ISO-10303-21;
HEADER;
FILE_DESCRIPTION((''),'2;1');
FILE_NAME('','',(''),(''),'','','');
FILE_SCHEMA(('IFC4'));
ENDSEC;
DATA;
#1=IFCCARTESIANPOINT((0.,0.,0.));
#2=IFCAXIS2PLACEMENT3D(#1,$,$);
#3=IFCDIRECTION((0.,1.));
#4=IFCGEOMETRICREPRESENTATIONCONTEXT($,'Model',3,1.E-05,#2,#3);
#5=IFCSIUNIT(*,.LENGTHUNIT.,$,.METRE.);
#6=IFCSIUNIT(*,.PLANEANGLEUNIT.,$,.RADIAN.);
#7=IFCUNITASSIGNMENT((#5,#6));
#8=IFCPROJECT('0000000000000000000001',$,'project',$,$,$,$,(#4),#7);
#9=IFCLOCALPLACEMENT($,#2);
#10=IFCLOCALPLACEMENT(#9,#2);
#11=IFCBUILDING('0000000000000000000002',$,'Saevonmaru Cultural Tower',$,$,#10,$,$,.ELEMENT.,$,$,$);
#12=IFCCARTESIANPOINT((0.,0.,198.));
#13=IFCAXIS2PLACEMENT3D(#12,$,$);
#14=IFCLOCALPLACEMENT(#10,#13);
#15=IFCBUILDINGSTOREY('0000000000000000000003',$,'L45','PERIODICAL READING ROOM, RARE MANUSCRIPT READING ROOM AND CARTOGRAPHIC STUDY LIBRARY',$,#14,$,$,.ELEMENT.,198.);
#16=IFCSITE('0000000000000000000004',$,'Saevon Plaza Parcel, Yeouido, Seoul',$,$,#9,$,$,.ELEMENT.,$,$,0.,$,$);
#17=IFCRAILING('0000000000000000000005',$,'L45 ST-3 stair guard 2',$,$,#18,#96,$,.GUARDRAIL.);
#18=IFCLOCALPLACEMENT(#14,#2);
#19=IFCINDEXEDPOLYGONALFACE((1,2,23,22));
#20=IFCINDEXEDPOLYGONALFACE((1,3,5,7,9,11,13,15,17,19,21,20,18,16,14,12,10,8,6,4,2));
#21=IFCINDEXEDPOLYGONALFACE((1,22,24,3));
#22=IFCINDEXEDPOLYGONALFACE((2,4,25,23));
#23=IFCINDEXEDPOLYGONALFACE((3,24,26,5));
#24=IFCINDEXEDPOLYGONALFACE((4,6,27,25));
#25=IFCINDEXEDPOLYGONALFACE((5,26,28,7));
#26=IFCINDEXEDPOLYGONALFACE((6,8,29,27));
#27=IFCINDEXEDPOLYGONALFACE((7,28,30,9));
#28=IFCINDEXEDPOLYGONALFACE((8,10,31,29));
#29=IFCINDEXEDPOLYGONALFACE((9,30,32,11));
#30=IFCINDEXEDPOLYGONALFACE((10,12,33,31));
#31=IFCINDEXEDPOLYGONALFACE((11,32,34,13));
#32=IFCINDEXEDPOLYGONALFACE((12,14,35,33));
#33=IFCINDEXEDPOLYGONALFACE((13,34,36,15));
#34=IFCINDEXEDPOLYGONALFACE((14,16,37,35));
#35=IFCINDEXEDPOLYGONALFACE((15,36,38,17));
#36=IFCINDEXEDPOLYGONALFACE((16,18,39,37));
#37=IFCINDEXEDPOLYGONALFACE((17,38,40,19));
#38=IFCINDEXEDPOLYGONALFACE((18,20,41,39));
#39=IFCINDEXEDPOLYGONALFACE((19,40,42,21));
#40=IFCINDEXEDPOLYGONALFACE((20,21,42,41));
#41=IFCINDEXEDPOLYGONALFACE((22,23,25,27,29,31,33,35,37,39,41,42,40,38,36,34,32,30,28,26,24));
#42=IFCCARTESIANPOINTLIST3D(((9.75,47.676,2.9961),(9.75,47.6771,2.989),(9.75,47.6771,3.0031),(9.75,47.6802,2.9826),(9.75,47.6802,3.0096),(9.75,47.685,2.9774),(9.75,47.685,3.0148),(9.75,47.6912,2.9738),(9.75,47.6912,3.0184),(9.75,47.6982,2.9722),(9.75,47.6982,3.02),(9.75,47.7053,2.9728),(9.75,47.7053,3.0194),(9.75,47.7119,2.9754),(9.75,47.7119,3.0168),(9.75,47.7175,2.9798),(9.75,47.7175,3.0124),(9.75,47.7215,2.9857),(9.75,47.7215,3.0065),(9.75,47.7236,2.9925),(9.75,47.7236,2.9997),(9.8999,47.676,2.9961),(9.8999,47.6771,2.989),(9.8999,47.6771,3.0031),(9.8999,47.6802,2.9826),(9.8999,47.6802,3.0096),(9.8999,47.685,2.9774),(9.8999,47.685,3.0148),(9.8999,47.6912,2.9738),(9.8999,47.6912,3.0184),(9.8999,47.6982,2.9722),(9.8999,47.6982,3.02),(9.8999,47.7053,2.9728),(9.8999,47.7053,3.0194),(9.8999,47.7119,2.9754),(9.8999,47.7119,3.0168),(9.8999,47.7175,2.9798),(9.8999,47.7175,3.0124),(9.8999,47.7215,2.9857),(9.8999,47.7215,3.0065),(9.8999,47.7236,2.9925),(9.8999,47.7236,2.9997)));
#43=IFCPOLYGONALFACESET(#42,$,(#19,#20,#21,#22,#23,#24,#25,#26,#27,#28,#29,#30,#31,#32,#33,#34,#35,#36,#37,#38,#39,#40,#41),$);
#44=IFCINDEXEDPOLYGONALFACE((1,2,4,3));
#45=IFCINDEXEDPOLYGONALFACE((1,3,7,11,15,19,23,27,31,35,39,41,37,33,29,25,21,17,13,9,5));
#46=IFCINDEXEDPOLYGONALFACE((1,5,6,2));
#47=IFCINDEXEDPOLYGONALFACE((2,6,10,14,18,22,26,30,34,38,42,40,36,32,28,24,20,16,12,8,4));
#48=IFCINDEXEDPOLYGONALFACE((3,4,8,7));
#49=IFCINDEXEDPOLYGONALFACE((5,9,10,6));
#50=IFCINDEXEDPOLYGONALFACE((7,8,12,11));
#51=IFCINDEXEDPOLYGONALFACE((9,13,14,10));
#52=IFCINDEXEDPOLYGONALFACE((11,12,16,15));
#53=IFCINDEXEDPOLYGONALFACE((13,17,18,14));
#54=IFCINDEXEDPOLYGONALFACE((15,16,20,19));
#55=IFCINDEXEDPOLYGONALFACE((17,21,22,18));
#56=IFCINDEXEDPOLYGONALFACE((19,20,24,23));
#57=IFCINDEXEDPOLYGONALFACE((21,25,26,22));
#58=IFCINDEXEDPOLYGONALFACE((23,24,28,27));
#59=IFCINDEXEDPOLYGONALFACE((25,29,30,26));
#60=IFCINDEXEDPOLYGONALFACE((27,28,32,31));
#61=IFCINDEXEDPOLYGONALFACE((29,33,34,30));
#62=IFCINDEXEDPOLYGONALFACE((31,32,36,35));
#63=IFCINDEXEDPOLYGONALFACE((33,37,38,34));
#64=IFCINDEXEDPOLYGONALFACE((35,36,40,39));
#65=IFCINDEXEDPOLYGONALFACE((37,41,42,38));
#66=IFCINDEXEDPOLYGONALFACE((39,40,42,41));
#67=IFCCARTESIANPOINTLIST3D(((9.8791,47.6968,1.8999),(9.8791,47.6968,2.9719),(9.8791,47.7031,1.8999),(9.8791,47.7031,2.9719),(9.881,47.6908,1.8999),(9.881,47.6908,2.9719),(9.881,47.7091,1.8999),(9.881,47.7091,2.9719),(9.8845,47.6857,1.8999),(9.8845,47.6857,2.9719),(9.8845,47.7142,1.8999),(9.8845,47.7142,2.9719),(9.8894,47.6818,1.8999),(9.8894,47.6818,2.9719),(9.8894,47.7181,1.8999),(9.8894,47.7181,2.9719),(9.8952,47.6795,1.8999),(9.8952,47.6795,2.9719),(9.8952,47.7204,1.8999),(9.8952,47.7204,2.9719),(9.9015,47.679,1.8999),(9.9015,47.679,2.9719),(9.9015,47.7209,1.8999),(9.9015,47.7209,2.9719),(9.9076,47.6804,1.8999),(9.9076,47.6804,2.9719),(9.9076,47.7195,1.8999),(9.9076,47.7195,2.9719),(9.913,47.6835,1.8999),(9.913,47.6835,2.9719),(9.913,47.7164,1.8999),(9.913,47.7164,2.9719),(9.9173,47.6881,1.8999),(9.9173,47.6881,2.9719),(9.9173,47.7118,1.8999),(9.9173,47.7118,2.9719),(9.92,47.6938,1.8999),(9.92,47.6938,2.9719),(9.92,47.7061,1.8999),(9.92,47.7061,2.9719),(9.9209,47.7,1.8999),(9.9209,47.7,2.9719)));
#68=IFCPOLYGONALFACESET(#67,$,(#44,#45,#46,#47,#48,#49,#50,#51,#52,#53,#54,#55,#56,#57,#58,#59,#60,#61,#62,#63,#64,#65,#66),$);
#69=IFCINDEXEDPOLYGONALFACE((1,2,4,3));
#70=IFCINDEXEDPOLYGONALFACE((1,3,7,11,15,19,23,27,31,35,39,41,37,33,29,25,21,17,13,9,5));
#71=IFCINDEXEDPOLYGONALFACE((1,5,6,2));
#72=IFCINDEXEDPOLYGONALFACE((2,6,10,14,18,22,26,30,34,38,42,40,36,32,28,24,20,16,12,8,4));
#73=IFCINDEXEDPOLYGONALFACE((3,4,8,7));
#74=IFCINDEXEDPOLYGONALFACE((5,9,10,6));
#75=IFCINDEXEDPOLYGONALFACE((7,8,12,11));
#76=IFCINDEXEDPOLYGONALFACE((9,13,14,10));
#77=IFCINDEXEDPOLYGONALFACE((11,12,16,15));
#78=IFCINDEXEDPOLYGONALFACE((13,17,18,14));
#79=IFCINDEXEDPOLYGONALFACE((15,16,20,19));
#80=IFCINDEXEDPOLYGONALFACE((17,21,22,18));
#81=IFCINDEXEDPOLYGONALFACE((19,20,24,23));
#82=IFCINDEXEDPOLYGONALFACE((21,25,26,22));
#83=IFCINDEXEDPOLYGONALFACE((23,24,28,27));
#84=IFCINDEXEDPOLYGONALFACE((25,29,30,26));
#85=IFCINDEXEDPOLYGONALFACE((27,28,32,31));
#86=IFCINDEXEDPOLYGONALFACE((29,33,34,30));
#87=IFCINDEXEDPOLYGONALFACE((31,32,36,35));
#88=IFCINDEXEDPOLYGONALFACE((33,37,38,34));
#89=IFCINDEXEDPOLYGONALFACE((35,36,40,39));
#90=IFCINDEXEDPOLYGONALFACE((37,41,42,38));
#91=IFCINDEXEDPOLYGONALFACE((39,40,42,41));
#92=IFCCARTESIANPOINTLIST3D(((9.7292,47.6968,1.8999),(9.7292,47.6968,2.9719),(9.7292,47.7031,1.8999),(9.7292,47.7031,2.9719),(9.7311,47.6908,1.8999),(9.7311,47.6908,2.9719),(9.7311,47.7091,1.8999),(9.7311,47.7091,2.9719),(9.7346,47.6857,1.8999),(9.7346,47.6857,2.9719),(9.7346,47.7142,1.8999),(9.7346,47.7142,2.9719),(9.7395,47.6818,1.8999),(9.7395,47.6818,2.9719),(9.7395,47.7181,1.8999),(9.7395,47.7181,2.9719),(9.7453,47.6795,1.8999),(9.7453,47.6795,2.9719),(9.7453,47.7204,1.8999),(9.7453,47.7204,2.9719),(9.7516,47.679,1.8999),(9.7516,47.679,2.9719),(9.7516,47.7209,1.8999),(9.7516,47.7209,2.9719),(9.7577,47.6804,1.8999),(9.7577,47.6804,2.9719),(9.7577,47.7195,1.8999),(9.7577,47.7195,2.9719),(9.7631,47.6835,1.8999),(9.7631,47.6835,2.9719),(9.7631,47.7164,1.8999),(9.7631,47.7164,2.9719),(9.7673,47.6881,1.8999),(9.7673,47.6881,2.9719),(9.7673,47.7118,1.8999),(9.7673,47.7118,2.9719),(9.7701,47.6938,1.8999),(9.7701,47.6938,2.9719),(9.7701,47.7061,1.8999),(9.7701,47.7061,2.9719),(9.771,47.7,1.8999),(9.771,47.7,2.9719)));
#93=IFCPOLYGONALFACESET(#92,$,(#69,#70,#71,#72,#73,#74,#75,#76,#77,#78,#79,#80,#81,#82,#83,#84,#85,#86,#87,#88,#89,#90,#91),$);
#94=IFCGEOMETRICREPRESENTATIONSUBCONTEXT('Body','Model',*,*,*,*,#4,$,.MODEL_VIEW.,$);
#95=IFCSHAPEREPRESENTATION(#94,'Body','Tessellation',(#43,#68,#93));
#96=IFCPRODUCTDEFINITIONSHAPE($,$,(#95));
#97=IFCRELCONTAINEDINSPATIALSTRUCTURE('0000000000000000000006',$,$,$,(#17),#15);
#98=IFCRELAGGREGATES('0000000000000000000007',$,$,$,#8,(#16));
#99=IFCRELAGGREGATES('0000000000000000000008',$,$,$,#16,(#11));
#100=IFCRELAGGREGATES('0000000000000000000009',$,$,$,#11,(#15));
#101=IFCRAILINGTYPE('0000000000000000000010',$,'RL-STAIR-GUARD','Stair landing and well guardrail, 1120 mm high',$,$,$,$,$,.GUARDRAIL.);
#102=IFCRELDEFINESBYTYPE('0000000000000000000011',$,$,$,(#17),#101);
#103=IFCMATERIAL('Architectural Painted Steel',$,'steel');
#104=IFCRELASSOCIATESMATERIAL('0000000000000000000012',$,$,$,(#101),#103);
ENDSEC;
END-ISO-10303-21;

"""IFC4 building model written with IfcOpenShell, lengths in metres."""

from ifc_helpers import new_model, si_unit, direction, frame, origin, origin_2d, place, context, subcontext, project, spatial, circle, extrude, material, type_object, element, save


model = new_model("IFC4")

# Units and contexts
model_context = context("Model", 3, precision=1e-05, world=origin(), true_north=direction((0.0, 1.0)))
body_context = subcontext(model_context, "Body", "Model", "MODEL_VIEW")
ifc_project = project(units=[si_unit("LENGTHUNIT", "METRE"), si_unit("PLANEANGLEUNIT", "RADIAN")], contexts=[model_context])

# Site, building, storey
site_placement = place(None, origin())
site = spatial("IfcSite", under=ifc_project, at=site_placement, Name="Saevon Plaza Parcel, Yeouido, Seoul", CompositionType="ELEMENT", RefElevation=0.0)
building_placement = place(site_placement, origin())
building = spatial("IfcBuilding", under=site, at=building_placement, Name="Saevonmaru Cultural Tower", CompositionType="ELEMENT")
storey_placement = place(building_placement, frame((0.0, 0.0, 198.0)))
storey = spatial("IfcBuildingStorey", under=building, at=storey_placement, Name="L45", Description="PERIODICAL READING ROOM, RARE MANUSCRIPT READING ROOM AND CARTOGRAPHIC STUDY LIBRARY", CompositionType="ELEMENT", Elevation=198.0)

# Railing
ifc_material_1 = material(Name="Architectural Painted Steel", Category="steel")
railing_type_1 = type_object("IfcRailingType", Name="RL-STAIR-GUARD", Description="Stair landing and well guardrail, 1120 mm high", PredefinedType="GUARDRAIL", material=ifc_material_1)
railing_1_placement = place(storey_placement, frame((9.8999, 47.7, 1.8999)))
element("IfcRailing", 1, at=railing_1_placement, inside=storey, type_object=railing_type_1, Name="L45 ST-3 stair guard 2", PredefinedType="GUARDRAIL", context=body_context, shape_type="SweptSolid", body=[
    extrude(circle(Radius=0.0239, at=origin_2d()), frame((0.0, 0.0, 1.0962), z_axis=(-1.0, 0.0, 0.0), x_axis=(0.0, -1.0, 0.0)), (0.0, 0.0, 1.0), 0.1499),
    extrude(circle(Radius=0.021, at=origin_2d()), origin(), (0.0, 0.0, 1.0), 1.072),
    extrude(circle(Radius=0.021, at=origin_2d()), frame((-0.1499, 0.0, 0.0)), (0.0, 0.0, 1.0), 1.072),
])

save(model, "model.ifc")
